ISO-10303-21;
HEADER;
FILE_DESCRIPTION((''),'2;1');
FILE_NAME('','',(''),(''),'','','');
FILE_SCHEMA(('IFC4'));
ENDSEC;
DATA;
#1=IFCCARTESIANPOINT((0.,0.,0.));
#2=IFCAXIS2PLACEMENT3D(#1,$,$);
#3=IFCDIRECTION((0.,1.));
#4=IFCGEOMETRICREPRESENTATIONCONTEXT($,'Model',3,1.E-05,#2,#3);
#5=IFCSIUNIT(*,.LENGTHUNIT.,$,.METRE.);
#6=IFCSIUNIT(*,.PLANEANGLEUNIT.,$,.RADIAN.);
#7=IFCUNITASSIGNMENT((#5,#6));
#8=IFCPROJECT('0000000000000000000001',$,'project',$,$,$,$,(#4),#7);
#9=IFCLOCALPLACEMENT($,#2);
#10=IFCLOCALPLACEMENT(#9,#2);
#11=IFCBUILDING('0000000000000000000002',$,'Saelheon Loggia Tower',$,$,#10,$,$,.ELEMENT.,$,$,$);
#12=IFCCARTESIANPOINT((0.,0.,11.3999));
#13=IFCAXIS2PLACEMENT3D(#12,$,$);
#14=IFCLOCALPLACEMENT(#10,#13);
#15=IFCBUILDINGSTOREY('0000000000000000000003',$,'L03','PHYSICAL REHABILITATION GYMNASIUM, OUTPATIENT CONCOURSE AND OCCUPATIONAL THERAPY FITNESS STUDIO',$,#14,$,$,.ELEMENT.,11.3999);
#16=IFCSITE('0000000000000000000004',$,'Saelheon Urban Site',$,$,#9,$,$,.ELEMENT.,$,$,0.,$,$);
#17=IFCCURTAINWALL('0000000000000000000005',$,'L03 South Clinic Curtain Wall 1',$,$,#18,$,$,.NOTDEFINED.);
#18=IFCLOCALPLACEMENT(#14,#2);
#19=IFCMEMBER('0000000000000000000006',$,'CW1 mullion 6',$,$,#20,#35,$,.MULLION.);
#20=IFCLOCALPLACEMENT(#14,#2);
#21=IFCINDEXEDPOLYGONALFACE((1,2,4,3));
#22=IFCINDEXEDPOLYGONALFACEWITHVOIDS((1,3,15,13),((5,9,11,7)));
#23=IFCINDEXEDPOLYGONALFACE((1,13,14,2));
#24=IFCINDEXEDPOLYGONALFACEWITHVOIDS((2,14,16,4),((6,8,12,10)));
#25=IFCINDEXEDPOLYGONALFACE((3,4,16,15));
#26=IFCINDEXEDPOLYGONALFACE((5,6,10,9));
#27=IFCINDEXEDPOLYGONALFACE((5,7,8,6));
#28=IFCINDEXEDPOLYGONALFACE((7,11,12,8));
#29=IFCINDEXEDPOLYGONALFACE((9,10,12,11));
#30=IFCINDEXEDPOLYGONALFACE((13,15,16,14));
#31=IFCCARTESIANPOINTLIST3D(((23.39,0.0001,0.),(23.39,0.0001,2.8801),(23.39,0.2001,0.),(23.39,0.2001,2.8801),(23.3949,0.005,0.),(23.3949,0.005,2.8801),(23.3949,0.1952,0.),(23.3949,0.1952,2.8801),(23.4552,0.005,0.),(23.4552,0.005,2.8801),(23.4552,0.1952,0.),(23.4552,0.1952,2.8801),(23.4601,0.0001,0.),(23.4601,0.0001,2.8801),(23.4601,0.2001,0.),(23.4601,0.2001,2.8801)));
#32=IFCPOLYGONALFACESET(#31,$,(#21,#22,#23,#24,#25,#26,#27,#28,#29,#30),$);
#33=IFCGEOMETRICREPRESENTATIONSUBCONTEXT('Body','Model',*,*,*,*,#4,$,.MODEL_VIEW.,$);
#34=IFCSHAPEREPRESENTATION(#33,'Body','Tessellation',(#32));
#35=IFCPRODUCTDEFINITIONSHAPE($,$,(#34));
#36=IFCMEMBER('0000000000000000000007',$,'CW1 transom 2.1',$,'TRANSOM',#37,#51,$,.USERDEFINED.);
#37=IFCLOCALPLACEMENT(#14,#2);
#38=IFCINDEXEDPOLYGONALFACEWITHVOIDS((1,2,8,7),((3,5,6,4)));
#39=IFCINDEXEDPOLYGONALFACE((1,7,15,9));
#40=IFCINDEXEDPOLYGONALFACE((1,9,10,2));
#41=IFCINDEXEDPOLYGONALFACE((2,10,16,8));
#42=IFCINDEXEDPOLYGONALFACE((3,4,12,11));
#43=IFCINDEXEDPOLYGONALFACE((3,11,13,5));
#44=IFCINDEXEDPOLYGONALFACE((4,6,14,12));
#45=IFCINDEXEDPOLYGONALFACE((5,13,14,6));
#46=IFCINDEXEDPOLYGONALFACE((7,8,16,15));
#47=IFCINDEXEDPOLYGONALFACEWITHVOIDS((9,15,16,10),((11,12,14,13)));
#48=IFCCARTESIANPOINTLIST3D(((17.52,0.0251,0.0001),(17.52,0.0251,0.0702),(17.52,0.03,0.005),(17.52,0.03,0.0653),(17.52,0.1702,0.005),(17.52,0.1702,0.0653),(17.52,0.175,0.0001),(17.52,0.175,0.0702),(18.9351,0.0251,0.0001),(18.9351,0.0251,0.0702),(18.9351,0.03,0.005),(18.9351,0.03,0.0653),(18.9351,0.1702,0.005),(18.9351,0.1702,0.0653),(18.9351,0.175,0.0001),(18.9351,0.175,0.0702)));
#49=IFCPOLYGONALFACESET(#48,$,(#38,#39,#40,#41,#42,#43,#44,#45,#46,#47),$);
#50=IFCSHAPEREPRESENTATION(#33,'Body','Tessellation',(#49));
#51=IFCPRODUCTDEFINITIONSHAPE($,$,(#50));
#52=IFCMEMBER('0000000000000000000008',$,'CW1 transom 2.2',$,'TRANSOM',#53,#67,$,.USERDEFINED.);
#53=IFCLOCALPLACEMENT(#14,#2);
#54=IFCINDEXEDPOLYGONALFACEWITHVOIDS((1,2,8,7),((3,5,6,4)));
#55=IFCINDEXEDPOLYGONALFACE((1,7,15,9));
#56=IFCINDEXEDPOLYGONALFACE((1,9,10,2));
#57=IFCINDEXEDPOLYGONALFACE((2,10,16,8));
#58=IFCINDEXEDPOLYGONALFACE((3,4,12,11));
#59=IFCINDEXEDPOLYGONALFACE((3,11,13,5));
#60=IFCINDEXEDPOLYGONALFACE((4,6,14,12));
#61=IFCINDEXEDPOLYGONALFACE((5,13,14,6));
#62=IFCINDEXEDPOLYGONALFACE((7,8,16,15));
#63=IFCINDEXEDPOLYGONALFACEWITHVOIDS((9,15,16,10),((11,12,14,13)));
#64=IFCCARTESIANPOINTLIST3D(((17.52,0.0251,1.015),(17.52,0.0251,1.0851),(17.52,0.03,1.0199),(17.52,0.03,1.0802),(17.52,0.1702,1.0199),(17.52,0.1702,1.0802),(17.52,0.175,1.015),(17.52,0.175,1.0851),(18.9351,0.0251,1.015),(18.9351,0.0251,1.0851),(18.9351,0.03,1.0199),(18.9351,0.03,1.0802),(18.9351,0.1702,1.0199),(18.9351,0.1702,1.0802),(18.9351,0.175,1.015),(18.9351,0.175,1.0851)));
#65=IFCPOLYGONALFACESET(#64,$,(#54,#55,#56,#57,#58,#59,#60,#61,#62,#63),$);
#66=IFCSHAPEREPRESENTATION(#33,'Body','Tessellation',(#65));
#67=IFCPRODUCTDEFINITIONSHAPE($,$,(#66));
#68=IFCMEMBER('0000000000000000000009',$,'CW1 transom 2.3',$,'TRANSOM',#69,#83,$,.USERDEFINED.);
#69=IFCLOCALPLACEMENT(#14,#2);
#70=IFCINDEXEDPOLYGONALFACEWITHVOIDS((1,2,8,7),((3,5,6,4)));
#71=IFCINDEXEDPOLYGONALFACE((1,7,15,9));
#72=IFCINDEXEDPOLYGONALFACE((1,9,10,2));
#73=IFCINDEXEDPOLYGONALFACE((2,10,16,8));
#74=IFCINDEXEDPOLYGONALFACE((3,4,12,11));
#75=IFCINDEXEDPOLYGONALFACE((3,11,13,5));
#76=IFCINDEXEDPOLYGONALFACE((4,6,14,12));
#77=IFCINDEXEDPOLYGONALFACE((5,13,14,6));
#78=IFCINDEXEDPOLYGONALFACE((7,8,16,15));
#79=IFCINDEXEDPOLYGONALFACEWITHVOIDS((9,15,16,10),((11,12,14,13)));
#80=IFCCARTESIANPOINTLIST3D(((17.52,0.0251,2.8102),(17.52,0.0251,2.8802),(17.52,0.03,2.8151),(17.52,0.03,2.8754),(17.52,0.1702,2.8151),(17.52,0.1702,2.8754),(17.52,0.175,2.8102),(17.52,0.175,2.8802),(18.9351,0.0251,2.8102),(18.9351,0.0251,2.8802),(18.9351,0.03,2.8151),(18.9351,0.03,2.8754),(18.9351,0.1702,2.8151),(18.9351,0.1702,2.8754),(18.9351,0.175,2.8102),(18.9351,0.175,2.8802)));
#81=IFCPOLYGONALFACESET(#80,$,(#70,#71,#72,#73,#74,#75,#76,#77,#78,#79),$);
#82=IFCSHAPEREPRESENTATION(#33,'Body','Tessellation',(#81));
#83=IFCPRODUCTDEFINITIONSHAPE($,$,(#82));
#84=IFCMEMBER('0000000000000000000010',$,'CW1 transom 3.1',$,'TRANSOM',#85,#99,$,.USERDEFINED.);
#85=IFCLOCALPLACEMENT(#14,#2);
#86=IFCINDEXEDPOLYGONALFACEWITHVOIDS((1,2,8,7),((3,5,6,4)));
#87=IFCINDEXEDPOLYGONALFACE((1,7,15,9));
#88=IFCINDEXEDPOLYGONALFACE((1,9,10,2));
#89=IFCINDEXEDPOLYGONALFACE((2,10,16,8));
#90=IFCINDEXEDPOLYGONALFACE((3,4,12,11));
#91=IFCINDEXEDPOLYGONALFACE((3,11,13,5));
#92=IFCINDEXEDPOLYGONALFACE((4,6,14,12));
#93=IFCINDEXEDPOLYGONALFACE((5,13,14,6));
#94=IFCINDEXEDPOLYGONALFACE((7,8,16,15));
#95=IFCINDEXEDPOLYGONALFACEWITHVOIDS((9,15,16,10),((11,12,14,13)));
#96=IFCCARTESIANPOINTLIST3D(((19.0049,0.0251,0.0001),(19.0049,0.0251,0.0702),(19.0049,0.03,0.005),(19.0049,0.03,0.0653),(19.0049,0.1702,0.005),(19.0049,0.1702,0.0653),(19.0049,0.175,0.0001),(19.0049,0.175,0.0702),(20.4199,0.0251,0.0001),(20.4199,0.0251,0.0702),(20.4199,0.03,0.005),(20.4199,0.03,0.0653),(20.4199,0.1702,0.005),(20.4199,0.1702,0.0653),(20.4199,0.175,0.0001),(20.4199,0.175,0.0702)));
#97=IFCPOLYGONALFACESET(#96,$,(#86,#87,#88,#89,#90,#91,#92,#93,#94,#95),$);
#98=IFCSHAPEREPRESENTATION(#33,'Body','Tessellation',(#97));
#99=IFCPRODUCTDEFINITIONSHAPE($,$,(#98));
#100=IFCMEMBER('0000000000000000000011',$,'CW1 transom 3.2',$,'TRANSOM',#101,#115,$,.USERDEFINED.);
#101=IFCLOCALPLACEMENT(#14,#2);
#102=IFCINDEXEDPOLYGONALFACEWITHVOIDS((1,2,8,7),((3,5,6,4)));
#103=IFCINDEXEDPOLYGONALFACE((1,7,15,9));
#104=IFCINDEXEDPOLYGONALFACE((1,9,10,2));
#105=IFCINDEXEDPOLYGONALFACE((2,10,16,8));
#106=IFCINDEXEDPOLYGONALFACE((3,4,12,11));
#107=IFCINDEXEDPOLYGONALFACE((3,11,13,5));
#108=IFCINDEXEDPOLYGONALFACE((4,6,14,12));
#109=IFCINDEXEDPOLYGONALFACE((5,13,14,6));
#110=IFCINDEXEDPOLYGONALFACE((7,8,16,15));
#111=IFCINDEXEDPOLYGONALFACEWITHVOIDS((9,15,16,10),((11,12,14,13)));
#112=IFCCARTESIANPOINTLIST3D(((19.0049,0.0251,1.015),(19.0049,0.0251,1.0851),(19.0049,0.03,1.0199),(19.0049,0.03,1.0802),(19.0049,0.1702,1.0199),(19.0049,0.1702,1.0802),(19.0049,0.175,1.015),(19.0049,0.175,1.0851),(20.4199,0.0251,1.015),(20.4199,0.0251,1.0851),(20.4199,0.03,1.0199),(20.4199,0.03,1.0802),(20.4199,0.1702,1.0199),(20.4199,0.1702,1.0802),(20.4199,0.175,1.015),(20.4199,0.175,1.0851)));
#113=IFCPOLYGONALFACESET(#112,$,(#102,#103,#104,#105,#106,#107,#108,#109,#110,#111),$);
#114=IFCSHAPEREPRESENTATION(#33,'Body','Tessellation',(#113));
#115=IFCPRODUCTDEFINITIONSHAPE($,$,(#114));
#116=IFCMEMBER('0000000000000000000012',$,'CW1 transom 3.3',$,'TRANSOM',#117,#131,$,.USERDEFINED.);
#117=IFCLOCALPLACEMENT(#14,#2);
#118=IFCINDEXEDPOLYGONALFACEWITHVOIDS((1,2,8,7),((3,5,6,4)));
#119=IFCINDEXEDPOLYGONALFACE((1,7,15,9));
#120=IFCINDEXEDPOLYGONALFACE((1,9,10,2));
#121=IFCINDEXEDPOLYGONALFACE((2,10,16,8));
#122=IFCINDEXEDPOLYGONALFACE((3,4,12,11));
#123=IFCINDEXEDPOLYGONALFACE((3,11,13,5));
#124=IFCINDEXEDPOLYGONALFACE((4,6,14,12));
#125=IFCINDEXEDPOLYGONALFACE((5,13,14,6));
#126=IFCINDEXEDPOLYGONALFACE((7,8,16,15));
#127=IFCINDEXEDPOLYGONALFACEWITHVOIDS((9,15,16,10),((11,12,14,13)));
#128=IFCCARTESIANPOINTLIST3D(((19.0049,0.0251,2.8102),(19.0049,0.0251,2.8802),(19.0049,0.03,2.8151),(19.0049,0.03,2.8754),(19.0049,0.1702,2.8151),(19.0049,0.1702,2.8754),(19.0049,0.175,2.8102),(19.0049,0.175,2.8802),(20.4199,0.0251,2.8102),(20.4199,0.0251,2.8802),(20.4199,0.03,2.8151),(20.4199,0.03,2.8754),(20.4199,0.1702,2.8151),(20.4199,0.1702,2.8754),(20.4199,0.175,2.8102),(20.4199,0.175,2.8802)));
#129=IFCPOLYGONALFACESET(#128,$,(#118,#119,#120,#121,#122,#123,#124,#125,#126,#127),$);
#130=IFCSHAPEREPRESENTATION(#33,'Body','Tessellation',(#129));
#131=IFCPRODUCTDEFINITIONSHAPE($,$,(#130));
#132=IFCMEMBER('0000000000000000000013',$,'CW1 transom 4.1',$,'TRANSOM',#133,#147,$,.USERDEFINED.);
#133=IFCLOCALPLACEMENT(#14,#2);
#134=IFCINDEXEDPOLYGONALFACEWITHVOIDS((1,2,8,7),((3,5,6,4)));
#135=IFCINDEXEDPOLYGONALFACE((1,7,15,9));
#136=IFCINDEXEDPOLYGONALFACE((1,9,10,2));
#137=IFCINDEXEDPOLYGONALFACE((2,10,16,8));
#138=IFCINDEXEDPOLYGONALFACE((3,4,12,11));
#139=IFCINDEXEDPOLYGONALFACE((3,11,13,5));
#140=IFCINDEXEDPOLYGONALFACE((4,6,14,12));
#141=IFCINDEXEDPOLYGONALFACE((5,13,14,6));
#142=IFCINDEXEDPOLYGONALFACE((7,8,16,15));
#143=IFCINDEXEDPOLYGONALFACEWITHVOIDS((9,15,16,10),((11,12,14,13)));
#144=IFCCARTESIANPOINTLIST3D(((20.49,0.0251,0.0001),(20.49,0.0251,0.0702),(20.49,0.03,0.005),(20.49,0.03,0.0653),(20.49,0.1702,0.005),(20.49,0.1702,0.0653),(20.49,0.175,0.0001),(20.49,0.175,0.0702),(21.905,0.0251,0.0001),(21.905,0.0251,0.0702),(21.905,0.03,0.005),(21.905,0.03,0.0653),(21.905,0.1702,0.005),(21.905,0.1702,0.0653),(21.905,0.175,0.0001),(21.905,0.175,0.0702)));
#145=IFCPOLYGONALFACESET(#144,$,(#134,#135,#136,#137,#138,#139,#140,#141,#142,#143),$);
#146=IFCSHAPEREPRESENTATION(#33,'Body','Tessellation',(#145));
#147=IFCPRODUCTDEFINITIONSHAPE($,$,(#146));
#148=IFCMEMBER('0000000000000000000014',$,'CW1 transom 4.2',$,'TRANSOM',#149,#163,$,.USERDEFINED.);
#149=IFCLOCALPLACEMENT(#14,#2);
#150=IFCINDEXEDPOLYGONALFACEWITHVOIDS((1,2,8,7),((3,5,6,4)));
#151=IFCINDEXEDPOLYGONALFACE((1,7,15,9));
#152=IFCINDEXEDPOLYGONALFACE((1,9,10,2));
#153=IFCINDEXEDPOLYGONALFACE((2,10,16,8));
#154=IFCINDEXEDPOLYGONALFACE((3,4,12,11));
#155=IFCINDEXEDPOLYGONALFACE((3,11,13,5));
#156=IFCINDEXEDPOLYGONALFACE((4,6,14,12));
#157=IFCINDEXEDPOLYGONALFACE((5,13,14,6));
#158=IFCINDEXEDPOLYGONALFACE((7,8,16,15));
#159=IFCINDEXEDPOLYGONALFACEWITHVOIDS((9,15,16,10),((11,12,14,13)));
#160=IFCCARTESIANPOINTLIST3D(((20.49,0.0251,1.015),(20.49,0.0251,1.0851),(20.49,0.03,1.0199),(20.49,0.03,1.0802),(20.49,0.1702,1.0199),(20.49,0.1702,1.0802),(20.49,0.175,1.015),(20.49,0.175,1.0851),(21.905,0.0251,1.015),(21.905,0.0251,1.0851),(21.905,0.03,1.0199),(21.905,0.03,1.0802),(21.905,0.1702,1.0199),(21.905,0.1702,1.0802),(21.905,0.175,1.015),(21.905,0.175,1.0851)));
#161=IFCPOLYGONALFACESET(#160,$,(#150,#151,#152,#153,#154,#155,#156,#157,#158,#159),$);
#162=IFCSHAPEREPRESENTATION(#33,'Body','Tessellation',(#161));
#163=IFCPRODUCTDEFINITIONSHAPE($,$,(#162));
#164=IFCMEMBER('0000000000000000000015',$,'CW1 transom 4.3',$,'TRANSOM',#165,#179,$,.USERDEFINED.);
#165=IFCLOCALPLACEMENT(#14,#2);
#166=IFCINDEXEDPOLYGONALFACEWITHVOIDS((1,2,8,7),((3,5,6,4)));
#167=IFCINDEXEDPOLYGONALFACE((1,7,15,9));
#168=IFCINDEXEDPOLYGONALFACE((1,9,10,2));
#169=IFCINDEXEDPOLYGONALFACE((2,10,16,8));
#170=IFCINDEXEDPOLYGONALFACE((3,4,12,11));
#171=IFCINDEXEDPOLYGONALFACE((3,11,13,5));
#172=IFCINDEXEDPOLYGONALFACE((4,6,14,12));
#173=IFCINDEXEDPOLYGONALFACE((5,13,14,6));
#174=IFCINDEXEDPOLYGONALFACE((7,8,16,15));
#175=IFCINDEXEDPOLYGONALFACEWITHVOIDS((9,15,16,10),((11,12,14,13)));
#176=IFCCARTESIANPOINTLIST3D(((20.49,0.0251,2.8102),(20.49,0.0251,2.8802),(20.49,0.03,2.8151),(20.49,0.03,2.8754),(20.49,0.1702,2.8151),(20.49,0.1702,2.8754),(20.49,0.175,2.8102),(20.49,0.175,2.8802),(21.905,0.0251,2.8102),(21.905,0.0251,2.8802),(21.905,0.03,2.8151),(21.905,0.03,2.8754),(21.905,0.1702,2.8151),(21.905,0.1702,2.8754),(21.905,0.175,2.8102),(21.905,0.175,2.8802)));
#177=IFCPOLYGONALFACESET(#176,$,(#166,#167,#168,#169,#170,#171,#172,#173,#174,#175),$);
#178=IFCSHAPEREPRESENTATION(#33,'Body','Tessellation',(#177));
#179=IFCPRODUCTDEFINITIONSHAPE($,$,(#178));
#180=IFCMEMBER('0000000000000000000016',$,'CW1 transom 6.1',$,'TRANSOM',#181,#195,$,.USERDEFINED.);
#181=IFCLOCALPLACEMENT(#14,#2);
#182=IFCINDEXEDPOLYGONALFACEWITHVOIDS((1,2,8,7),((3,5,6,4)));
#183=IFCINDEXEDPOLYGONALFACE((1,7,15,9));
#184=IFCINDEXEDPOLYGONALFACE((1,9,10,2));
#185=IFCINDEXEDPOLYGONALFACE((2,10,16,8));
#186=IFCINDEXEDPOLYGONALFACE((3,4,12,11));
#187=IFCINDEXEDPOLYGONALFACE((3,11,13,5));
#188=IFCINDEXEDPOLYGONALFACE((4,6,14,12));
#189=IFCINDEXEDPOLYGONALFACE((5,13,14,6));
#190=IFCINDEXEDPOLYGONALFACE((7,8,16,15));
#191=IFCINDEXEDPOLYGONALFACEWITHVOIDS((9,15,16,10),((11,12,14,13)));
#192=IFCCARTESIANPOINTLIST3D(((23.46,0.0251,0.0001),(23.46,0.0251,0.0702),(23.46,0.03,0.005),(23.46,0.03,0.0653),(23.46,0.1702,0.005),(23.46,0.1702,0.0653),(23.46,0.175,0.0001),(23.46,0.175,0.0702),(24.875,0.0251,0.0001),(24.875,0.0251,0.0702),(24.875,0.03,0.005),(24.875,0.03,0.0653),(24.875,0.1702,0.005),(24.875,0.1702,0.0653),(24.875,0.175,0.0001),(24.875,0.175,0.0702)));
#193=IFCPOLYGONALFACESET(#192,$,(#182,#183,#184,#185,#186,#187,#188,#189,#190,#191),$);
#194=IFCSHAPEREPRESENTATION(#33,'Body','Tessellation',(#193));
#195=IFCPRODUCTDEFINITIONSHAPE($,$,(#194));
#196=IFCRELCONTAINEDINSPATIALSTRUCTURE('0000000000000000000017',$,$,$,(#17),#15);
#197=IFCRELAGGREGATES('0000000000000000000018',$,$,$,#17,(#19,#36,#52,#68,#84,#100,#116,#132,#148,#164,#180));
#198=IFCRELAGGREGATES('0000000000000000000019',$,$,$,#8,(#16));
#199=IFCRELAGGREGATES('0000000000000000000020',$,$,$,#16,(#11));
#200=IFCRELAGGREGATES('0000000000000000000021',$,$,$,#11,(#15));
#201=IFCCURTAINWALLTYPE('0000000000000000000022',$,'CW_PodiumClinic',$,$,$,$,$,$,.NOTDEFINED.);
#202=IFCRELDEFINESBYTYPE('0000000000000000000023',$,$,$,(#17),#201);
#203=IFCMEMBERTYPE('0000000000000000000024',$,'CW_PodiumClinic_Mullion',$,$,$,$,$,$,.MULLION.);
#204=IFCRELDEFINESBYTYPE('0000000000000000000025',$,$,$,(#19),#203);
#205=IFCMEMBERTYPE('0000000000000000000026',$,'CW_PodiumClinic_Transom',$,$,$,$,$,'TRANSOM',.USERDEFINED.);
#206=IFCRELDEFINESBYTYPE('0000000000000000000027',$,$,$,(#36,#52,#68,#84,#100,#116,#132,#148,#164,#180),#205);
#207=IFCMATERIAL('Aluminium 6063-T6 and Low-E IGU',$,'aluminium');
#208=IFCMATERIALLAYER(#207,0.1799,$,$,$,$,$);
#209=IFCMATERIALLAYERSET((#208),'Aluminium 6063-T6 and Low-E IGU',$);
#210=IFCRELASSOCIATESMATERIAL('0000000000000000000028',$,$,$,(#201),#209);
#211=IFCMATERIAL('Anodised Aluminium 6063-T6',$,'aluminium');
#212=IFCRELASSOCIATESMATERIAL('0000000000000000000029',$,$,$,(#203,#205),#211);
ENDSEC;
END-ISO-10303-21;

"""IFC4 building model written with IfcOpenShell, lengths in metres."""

from ifc_helpers import new_model, si_unit, direction, frame, origin, origin_2d, place, context, subcontext, project, spatial, hollow_rectangle, extrude, source, transform, mapped, material, layer, layer_set, material_profile, profile_set, type_object, element, aggregate, save


model = new_model("IFC4")

# Units and contexts
model_context = context("Model", 3, precision=1e-05, world=origin(), true_north=direction((0.0, 1.0)))
body_context = subcontext(model_context, "Body", "Model", "MODEL_VIEW")
ifc_project = project(units=[si_unit("LENGTHUNIT", "METRE"), si_unit("PLANEANGLEUNIT", "RADIAN")], contexts=[model_context])

# Site, building, storey
site_placement = place(None, origin())
site = spatial("IfcSite", under=ifc_project, at=site_placement, Name="Saelheon Urban Site", CompositionType="ELEMENT", RefElevation=0.0)
building_placement = place(site_placement, origin())
building = spatial("IfcBuilding", under=site, at=building_placement, Name="Saelheon Loggia Tower", CompositionType="ELEMENT")
storey_placement = place(building_placement, frame((0.0, 0.0, 11.3999)))
storey = spatial("IfcBuildingStorey", under=building, at=storey_placement, Name="L03", Description="PHYSICAL REHABILITATION GYMNASIUM, OUTPATIENT CONCOURSE AND OCCUPATIONAL THERAPY FITNESS STUDIO", CompositionType="ELEMENT", Elevation=11.3999)

# Curtain wall, members
ifc_material_1 = material(Name="Aluminium 6063-T6 and Low-E IGU", Category="aluminium")
ifc_layer_1 = layer(ifc_material_1, 0.1799)
ifc_layer_set_1 = layer_set([ifc_layer_1], Name="Aluminium 6063-T6 and Low-E IGU")
curtain_wall_type = type_object("IfcCurtainWallType", Name="CW_PodiumClinic", PredefinedType="NOTDEFINED", material=ifc_layer_set_1)
curtain_wall_placement = place(storey_placement, origin())
curtain_wall = element("IfcCurtainWall", 1, at=curtain_wall_placement, inside=storey, type_object=curtain_wall_type, Name="L03 South Clinic Curtain Wall 1", PredefinedType="NOTDEFINED")
ifc_material_2 = material(Name="Anodised Aluminium 6063-T6", Category="aluminium")
ifc_material_profile_1 = material_profile(ifc_material_2, hollow_rectangle(XDim=0.0701, YDim=0.2, WallThickness=0.0049, at=origin_2d()), Name="RHS-200x70x5")
ifc_profile_set_1 = profile_set([ifc_material_profile_1], Name="Anodised Aluminium 6063-T6")
member_type_1 = type_object("IfcMemberType", Name="CW_PodiumClinic_Mullion", PredefinedType="MULLION", material=ifc_profile_set_1)
shared_shape_1 = source(origin(), body_context, "Body", "SweptSolid", [
    extrude(hollow_rectangle(XDim=0.0701, YDim=0.2, WallThickness=0.0049, at=origin_2d()), origin(), (0.0, 0.0, 1.0), 2.8801),
])
member_1_placement = place(storey_placement, frame((23.425, 0.1001, 0.0), z_axis=(0.0, 0.0, 1.0), x_axis=(1.0, 0.0, 0.0)))
member_1 = element("IfcMember", 2, at=member_1_placement, type_object=member_type_1, Name="CW1 mullion 6", PredefinedType="MULLION", context=body_context, shape_type="MappedRepresentation", body=[
    mapped(shared_shape_1, transform((0.0, 0.0, 0.0), scale=1.0)),
])
ifc_material_profile_2 = material_profile(ifc_material_2, hollow_rectangle(XDim=0.0701, YDim=0.1499, WallThickness=0.0049, at=origin_2d()), Name="RHS-150x70x5")
ifc_profile_set_2 = profile_set([ifc_material_profile_2], Name="Anodised Aluminium 6063-T6")
member_type_2 = type_object("IfcMemberType", Name="CW_PodiumClinic_Transom", ElementType="TRANSOM", PredefinedType="USERDEFINED", material=ifc_profile_set_2)
shared_shape_2 = source(origin(), body_context, "Body", "SweptSolid", [
    extrude(hollow_rectangle(XDim=0.0701, YDim=0.1499, WallThickness=0.0049, at=origin_2d()), origin(), (0.0, 0.0, 1.0), 1.415),
])
member_2_placement = place(storey_placement, frame((17.52, 0.1001, 0.0352), z_axis=(1.0, 0.0, 0.0), x_axis=(0.0, 0.0, 1.0)))
member_2 = element("IfcMember", 3, at=member_2_placement, type_object=member_type_2, Name="CW1 transom 2.1", ObjectType="TRANSOM", PredefinedType="USERDEFINED", context=body_context, shape_type="MappedRepresentation", body=[
    mapped(shared_shape_2, transform((0.0, 0.0, 0.0), scale=1.0)),
])
member_3_placement = place(storey_placement, frame((17.52, 0.1001, 1.05), z_axis=(1.0, 0.0, 0.0), x_axis=(0.0, 0.0, 1.0)))
member_3 = element("IfcMember", 4, at=member_3_placement, type_object=member_type_2, Name="CW1 transom 2.2", ObjectType="TRANSOM", PredefinedType="USERDEFINED", context=body_context, shape_type="MappedRepresentation", body=[
    mapped(shared_shape_2, transform((0.0, 0.0, 0.0), scale=1.0)),
])
member_4_placement = place(storey_placement, frame((17.52, 0.1001, 2.8452), z_axis=(1.0, 0.0, 0.0), x_axis=(0.0, 0.0, 1.0)))
member_4 = element("IfcMember", 5, at=member_4_placement, type_object=member_type_2, Name="CW1 transom 2.3", ObjectType="TRANSOM", PredefinedType="USERDEFINED", context=body_context, shape_type="MappedRepresentation", body=[
    mapped(shared_shape_2, transform((0.0, 0.0, 0.0), scale=1.0)),
])
member_5_placement = place(storey_placement, frame((19.0049, 0.1001, 0.0352), z_axis=(1.0, 0.0, 0.0), x_axis=(0.0, 0.0, 1.0)))
member_5 = element("IfcMember", 6, at=member_5_placement, type_object=member_type_2, Name="CW1 transom 3.1", ObjectType="TRANSOM", PredefinedType="USERDEFINED", context=body_context, shape_type="MappedRepresentation", body=[
    mapped(shared_shape_2, transform((0.0, 0.0, 0.0), scale=1.0)),
])
member_6_placement = place(storey_placement, frame((19.0049, 0.1001, 1.05), z_axis=(1.0, 0.0, 0.0), x_axis=(0.0, 0.0, 1.0)))
member_6 = element("IfcMember", 7, at=member_6_placement, type_object=member_type_2, Name="CW1 transom 3.2", ObjectType="TRANSOM", PredefinedType="USERDEFINED", context=body_context, shape_type="MappedRepresentation", body=[
    mapped(shared_shape_2, transform((0.0, 0.0, 0.0), scale=1.0)),
])
member_7_placement = place(storey_placement, frame((19.0049, 0.1001, 2.8452), z_axis=(1.0, 0.0, 0.0), x_axis=(0.0, 0.0, 1.0)))
member_7 = element("IfcMember", 8, at=member_7_placement, type_object=member_type_2, Name="CW1 transom 3.3", ObjectType="TRANSOM", PredefinedType="USERDEFINED", context=body_context, shape_type="MappedRepresentation", body=[
    mapped(shared_shape_2, transform((0.0, 0.0, 0.0), scale=1.0)),
])
member_8_placement = place(storey_placement, frame((20.49, 0.1001, 0.0352), z_axis=(1.0, 0.0, 0.0), x_axis=(0.0, 0.0, 1.0)))
member_8 = element("IfcMember", 9, at=member_8_placement, type_object=member_type_2, Name="CW1 transom 4.1", ObjectType="TRANSOM", PredefinedType="USERDEFINED", context=body_context, shape_type="MappedRepresentation", body=[
    mapped(shared_shape_2, transform((0.0, 0.0, 0.0), scale=1.0)),
])
member_9_placement = place(storey_placement, frame((20.49, 0.1001, 1.05), z_axis=(1.0, 0.0, 0.0), x_axis=(0.0, 0.0, 1.0)))
member_9 = element("IfcMember", 10, at=member_9_placement, type_object=member_type_2, Name="CW1 transom 4.2", ObjectType="TRANSOM", PredefinedType="USERDEFINED", context=body_context, shape_type="MappedRepresentation", body=[
    mapped(shared_shape_2, transform((0.0, 0.0, 0.0), scale=1.0)),
])
member_10_placement = place(storey_placement, frame((20.49, 0.1001, 2.8452), z_axis=(1.0, 0.0, 0.0), x_axis=(0.0, 0.0, 1.0)))
member_10 = element("IfcMember", 11, at=member_10_placement, type_object=member_type_2, Name="CW1 transom 4.3", ObjectType="TRANSOM", PredefinedType="USERDEFINED", context=body_context, shape_type="MappedRepresentation", body=[
    mapped(shared_shape_2, transform((0.0, 0.0, 0.0), scale=1.0)),
])
member_11_placement = place(storey_placement, frame((23.46, 0.1001, 0.0352), z_axis=(1.0, 0.0, 0.0), x_axis=(0.0, 0.0, 1.0)))
member_11 = element("IfcMember", 12, at=member_11_placement, type_object=member_type_2, Name="CW1 transom 6.1", ObjectType="TRANSOM", PredefinedType="USERDEFINED", context=body_context, shape_type="MappedRepresentation", body=[
    mapped(shared_shape_2, transform((0.0, 0.0, 0.0), scale=1.0)),
])
aggregate(curtain_wall, [member_1, member_2, member_3, member_4, member_5, member_6, member_7, member_8, member_9, member_10, member_11])

save(model, "model.ifc")
